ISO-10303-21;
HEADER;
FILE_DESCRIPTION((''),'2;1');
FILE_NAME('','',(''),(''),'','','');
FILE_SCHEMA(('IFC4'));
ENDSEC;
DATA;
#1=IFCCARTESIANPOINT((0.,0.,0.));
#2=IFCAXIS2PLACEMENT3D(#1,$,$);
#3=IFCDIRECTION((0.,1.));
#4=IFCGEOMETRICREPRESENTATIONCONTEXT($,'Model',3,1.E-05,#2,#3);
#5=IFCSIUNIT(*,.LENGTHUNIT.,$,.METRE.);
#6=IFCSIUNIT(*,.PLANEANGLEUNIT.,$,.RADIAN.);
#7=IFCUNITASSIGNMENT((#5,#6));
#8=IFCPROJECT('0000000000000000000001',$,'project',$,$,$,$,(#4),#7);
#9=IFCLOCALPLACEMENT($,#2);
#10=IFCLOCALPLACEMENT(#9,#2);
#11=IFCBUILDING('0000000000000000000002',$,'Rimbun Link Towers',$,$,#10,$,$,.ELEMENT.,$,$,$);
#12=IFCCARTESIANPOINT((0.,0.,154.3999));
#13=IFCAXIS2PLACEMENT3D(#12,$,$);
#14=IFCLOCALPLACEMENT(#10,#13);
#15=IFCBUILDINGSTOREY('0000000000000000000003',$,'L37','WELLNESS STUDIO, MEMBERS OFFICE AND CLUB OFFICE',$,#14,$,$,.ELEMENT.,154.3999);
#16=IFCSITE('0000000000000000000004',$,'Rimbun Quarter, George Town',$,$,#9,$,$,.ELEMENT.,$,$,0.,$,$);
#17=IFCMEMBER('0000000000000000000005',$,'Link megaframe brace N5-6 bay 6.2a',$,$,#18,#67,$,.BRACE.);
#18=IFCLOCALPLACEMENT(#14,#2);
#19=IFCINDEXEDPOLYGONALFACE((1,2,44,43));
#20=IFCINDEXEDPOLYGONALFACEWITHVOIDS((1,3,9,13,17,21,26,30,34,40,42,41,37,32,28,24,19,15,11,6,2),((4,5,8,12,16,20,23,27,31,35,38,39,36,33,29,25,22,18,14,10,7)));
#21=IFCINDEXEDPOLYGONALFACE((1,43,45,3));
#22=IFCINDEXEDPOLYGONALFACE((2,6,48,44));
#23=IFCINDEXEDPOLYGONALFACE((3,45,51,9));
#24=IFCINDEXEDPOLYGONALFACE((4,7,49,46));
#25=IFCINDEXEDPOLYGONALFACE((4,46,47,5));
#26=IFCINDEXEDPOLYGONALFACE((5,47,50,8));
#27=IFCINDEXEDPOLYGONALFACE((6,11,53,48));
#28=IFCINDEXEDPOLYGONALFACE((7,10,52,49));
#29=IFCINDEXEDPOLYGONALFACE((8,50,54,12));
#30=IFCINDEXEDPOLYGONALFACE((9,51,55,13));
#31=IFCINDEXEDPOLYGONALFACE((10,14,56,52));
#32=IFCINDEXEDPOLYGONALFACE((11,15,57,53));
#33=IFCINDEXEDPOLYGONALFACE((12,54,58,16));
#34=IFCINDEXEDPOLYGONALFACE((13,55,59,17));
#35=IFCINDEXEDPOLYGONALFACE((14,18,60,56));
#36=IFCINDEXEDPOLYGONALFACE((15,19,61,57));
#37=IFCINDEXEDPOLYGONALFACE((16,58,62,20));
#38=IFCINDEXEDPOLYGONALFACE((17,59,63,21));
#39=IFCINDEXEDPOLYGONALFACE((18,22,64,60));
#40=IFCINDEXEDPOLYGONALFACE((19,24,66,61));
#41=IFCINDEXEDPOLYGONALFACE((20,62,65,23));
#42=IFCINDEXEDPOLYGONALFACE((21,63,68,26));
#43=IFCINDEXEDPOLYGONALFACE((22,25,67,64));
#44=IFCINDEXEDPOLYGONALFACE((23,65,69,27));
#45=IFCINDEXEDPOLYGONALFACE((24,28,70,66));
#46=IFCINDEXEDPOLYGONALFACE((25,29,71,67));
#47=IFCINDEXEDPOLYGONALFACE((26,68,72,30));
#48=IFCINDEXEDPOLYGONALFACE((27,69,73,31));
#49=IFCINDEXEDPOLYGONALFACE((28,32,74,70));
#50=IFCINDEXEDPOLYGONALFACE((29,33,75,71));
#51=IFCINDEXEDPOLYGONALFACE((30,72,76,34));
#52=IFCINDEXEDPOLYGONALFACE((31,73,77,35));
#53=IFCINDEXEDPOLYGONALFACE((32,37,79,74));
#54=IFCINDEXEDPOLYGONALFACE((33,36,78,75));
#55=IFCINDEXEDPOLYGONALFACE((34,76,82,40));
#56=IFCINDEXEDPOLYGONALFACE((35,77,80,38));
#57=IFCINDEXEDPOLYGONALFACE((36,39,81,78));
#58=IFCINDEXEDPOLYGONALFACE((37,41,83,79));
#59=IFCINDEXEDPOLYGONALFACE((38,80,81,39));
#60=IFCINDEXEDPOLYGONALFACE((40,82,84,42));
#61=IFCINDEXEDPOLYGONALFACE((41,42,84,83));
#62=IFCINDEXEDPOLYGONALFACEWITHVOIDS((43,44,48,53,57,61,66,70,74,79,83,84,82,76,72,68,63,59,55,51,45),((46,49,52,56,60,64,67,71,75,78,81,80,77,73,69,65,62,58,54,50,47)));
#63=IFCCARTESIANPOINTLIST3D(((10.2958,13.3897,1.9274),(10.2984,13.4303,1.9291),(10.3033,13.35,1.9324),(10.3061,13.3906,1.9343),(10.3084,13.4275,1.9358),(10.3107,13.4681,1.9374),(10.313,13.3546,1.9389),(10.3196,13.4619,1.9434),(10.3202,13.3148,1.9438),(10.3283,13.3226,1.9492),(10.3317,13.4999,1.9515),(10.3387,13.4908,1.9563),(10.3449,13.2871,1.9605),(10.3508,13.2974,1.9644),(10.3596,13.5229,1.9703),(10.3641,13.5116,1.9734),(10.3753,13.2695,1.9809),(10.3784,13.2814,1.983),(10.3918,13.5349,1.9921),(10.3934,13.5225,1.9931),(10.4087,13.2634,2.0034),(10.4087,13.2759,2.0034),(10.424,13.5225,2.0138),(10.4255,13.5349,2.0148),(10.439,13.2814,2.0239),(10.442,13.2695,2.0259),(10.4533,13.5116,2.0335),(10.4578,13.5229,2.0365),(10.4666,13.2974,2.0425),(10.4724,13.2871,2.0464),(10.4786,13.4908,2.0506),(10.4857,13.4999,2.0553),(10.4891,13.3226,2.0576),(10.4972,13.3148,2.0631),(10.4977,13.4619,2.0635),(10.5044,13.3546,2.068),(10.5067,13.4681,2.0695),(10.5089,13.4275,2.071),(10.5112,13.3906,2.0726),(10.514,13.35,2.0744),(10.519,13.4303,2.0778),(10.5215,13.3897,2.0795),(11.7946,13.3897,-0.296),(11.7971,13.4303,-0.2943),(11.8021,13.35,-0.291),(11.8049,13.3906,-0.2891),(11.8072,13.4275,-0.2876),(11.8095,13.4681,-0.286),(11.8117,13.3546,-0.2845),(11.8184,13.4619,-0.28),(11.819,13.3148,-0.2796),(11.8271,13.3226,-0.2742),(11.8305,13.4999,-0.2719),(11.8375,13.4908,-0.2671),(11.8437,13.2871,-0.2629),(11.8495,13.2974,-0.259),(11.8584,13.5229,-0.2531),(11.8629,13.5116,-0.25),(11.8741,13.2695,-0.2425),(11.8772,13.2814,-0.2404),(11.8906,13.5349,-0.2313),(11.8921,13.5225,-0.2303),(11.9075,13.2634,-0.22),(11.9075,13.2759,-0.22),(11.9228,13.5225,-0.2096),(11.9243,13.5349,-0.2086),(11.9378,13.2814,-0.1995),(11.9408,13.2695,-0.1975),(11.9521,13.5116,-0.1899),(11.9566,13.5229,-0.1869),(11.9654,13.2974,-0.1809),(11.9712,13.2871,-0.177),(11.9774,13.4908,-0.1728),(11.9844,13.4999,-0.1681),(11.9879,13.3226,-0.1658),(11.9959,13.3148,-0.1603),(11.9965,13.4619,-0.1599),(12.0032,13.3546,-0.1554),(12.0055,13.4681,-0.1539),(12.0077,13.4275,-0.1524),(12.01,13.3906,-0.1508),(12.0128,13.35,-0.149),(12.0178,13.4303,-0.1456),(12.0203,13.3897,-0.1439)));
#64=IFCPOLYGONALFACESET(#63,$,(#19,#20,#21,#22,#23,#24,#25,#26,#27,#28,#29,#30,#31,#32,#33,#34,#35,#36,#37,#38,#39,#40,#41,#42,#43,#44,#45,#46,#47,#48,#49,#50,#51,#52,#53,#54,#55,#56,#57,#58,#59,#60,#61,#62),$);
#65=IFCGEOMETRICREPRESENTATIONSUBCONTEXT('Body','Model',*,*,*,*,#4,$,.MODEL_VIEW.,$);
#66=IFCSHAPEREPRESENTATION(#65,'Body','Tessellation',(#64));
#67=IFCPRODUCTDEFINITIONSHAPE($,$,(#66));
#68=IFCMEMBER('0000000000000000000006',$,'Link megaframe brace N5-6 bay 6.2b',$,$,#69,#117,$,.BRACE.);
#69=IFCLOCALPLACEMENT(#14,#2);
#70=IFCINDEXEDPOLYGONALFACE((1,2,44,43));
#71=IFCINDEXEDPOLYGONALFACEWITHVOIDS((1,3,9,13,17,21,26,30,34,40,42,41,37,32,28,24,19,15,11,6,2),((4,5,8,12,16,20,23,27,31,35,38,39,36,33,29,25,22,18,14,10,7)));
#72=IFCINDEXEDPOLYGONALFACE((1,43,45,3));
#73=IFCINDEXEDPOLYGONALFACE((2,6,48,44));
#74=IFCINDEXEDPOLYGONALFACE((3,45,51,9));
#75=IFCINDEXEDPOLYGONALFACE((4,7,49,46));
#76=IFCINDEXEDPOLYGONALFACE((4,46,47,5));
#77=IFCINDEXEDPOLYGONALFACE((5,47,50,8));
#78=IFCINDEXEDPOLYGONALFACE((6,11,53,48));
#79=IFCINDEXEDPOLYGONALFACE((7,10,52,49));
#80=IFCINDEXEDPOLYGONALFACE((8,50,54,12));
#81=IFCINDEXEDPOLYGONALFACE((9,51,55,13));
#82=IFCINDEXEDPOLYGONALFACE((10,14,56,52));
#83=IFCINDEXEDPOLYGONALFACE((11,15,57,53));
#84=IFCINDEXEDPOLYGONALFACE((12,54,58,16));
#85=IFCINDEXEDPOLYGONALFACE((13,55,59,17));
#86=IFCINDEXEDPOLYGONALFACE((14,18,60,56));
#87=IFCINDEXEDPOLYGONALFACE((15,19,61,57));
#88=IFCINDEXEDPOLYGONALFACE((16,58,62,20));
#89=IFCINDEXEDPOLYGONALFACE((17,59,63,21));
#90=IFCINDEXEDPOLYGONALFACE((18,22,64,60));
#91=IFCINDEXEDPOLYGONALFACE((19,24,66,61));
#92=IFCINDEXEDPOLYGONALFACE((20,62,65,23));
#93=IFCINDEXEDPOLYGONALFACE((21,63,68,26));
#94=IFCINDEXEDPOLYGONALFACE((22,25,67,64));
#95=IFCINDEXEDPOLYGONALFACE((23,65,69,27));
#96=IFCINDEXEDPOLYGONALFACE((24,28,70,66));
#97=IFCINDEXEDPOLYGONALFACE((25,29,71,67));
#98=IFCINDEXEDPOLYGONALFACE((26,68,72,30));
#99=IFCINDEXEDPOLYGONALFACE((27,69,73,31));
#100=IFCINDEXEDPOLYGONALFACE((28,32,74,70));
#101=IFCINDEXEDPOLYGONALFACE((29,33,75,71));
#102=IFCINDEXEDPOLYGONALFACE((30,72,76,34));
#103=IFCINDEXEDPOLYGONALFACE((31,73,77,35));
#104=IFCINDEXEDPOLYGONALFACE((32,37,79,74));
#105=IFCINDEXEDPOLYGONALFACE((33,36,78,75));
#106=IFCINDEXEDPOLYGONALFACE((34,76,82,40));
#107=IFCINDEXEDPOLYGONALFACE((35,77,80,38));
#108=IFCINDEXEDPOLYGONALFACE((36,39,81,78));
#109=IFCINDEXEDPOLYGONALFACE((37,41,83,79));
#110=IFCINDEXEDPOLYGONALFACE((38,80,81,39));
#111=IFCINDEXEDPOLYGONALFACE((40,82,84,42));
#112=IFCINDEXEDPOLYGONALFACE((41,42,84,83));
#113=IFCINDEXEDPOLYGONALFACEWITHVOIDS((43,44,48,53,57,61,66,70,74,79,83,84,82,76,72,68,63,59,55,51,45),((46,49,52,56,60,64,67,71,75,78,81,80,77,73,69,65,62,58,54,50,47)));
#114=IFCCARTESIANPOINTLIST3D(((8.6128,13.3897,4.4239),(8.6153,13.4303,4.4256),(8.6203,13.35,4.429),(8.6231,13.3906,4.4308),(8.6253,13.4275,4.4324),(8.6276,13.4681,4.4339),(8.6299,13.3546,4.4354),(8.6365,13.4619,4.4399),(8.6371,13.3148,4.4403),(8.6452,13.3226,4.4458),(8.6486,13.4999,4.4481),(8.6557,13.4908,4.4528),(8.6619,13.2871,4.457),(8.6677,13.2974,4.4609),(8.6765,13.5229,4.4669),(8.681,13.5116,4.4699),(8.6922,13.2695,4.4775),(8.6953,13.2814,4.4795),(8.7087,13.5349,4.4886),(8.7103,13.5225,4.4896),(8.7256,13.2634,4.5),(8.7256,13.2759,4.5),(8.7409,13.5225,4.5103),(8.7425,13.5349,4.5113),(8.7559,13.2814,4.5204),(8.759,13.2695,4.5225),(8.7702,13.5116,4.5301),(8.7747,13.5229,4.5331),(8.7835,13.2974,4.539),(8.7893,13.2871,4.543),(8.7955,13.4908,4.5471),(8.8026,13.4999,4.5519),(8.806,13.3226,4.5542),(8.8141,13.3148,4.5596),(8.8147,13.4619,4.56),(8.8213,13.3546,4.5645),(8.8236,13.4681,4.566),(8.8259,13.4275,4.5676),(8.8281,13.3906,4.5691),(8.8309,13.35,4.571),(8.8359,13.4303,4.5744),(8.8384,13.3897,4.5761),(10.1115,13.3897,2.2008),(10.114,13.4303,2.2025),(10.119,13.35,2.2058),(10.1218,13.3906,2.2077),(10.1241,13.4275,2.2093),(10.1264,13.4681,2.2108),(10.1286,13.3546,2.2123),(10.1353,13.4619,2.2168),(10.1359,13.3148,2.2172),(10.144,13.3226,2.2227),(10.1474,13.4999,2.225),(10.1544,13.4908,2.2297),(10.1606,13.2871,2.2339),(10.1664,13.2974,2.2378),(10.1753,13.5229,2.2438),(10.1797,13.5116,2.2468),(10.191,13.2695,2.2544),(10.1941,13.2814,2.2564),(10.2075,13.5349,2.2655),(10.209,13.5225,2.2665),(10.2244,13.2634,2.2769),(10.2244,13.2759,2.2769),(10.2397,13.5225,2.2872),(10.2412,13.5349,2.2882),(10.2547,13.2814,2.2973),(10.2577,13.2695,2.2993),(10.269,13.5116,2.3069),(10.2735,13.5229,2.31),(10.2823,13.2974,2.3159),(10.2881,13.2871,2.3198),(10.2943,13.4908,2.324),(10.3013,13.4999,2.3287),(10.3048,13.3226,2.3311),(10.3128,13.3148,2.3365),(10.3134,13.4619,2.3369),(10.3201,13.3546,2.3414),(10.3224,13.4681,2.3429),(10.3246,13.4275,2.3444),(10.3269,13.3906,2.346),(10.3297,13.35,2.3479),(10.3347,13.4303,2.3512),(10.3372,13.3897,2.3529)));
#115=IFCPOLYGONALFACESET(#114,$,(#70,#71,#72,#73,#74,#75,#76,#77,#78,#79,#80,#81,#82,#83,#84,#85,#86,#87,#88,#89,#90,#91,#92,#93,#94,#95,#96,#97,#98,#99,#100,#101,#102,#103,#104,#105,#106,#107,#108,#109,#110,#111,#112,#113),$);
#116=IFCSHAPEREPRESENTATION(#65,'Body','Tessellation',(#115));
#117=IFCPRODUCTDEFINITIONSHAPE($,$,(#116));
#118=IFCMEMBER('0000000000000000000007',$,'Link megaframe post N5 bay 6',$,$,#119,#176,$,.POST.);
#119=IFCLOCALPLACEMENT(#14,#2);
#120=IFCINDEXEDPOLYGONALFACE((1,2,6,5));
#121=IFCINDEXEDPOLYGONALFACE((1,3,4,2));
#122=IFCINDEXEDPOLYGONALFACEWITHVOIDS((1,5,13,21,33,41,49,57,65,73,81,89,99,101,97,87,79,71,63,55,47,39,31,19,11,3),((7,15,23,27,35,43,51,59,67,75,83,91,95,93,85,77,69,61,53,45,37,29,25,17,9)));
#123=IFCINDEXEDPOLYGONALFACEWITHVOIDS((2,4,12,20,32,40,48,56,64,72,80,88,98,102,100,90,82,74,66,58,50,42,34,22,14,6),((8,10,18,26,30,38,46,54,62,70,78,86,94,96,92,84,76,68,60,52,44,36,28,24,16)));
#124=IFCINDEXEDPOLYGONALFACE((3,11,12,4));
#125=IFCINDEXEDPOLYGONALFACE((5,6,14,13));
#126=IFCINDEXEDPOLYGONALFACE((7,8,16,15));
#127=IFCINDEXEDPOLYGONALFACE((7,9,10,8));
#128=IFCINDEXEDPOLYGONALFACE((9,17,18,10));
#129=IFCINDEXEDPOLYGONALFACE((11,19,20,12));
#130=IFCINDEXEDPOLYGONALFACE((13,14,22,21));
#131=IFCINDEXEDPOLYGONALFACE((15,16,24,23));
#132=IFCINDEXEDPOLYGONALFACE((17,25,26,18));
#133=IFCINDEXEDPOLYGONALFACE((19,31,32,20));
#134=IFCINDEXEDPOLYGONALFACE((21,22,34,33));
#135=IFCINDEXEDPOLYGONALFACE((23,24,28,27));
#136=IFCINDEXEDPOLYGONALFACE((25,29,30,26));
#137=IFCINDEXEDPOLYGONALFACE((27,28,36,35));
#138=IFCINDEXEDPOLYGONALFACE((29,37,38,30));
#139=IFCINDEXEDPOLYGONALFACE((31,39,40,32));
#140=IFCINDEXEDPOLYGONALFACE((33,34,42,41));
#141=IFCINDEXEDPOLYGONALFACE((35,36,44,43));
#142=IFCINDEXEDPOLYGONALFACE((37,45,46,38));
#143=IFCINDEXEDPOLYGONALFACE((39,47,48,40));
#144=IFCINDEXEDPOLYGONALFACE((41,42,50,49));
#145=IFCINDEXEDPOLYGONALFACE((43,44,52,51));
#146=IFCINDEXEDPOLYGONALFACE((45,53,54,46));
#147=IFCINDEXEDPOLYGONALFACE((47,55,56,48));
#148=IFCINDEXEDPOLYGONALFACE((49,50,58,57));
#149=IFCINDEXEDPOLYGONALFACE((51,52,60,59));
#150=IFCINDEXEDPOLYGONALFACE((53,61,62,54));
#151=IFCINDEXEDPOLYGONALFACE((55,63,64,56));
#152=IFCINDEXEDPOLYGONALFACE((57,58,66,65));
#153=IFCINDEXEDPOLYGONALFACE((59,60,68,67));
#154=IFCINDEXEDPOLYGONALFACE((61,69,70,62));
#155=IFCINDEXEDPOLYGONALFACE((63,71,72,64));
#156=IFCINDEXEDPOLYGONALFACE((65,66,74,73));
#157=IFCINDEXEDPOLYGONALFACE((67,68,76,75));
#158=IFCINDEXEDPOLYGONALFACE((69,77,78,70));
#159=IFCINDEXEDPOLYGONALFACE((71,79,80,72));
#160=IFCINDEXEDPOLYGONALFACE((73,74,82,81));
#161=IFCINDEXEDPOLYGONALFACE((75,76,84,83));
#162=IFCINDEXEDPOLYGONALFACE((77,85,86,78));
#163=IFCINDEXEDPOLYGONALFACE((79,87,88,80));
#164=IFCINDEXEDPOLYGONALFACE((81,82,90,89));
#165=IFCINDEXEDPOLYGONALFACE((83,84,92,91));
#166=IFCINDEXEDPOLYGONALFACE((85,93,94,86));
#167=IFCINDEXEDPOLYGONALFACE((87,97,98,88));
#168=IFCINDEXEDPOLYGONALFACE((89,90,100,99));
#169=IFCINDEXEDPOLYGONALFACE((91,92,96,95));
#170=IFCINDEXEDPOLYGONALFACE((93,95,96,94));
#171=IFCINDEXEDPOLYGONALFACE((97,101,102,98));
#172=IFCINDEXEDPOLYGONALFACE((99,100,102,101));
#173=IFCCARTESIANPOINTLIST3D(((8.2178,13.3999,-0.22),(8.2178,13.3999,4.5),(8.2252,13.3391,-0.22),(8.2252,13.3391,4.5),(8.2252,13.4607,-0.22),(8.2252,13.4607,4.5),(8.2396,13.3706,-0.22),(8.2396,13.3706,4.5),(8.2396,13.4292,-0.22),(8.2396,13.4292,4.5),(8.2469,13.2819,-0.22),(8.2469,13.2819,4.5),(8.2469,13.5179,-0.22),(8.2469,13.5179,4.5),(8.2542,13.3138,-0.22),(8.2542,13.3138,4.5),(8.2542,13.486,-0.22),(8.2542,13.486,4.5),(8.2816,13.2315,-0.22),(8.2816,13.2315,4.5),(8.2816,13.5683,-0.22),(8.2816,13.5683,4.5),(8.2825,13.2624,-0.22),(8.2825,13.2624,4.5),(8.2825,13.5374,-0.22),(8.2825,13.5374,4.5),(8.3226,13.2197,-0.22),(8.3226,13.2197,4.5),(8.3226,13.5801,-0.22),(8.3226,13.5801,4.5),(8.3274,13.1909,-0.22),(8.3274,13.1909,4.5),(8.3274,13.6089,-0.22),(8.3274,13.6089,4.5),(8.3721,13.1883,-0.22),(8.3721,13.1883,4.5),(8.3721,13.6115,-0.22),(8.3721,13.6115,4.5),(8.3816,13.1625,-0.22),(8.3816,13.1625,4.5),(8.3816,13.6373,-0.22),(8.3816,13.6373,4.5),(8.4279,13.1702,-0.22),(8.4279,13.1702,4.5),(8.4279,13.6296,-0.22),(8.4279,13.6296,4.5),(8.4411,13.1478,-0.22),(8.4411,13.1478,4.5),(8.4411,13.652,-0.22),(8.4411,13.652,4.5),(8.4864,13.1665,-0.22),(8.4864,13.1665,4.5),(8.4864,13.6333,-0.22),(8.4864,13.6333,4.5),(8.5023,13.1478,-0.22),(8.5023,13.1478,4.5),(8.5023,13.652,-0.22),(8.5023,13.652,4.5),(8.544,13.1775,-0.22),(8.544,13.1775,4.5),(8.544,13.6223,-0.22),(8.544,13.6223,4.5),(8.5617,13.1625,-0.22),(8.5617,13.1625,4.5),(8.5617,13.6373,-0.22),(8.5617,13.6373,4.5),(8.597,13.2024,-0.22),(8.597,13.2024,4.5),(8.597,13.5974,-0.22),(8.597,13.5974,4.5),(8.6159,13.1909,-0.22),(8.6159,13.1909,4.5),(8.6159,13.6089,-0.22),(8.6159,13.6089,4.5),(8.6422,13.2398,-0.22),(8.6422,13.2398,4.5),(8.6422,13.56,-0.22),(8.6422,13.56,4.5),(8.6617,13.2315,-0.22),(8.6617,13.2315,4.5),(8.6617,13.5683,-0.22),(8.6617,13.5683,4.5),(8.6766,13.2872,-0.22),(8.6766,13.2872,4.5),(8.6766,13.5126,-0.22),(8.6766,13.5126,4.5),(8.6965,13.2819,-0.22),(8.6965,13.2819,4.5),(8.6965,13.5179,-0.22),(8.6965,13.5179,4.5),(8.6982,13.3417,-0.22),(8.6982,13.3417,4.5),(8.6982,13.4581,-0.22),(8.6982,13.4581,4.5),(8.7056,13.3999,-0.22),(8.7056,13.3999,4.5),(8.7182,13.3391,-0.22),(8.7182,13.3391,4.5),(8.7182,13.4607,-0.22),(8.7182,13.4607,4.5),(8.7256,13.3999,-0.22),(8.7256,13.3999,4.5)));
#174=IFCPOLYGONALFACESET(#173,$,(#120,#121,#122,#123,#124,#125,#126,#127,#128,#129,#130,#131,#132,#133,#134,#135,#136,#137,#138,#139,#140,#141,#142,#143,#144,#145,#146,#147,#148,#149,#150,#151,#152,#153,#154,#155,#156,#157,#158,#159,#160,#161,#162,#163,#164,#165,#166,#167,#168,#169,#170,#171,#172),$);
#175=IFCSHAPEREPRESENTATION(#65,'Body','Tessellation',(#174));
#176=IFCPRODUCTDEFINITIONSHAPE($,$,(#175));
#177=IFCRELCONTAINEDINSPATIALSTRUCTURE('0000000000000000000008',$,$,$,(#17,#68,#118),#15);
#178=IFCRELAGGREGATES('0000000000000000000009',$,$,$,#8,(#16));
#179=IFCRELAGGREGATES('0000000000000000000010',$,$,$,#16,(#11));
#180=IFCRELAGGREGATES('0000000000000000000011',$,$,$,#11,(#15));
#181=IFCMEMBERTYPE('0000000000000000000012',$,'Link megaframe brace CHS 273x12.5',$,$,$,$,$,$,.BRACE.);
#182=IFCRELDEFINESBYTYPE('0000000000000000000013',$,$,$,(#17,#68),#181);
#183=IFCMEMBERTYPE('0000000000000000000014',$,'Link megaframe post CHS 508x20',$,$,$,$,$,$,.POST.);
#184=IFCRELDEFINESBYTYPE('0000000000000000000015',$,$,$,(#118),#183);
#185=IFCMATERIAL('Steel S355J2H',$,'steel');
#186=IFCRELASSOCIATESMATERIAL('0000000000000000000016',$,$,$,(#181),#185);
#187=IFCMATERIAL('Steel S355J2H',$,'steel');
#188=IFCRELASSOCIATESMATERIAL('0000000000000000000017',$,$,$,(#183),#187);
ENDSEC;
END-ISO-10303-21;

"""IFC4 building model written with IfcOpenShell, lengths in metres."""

from ifc_helpers import new_model, si_unit, direction, frame, origin, origin_2d, place, context, subcontext, project, spatial, hollow_circle, extrude, material, material_profile, profile_set, type_object, element, save


model = new_model("IFC4")

# Units and contexts
model_context = context("Model", 3, precision=1e-05, world=origin(), true_north=direction((0.0, 1.0)))
body_context = subcontext(model_context, "Body", "Model", "MODEL_VIEW")
ifc_project = project(units=[si_unit("LENGTHUNIT", "METRE"), si_unit("PLANEANGLEUNIT", "RADIAN")], contexts=[model_context])

# Site, building, storey
site_placement = place(None, origin())
site = spatial("IfcSite", under=ifc_project, at=site_placement, Name="Rimbun Quarter, George Town", CompositionType="ELEMENT", RefElevation=0.0)
building_placement = place(site_placement, origin())
building = spatial("IfcBuilding", under=site, at=building_placement, Name="Rimbun Link Towers", CompositionType="ELEMENT")
storey_placement = place(building_placement, frame((0.0, 0.0, 154.3999)))
storey = spatial("IfcBuildingStorey", under=building, at=storey_placement, Name="L37", Description="WELLNESS STUDIO, MEMBERS OFFICE AND CLUB OFFICE", CompositionType="ELEMENT", Elevation=154.3999)

# Members
ifc_material_1 = material(Name="Steel S355J2H", Category="steel")
ifc_material_profile_1 = material_profile(ifc_material_1, hollow_circle(Radius=0.1365, WallThickness=0.0125, at=origin_2d()), Name="CHS 273x12.5")
ifc_profile_set_1 = profile_set([ifc_material_profile_1], Name="Steel S355J2H")
member_type_1 = type_object("IfcMemberType", Name="Link megaframe brace CHS 273x12.5", PredefinedType="BRACE", material=ifc_profile_set_1)
member_1_placement = place(storey_placement, frame((11.9075, 13.3999, -0.22), z_axis=(-0.558958, 0.0, 0.829196), x_axis=(0.0, -1.0, 0.0)))
element("IfcMember", 1, at=member_1_placement, inside=storey, type_object=member_type_1, Name="Link megaframe brace N5-6 bay 6.2a", PredefinedType="BRACE", context=body_context, shape_type="SweptSolid", body=[
    extrude(hollow_circle(Radius=0.1365, WallThickness=0.0125, at=origin_2d()), origin(), (0.0, 0.0, 1.0), 2.6814),
])
member_2_placement = place(storey_placement, frame((10.2244, 13.3999, 2.2769), z_axis=(-0.559, 0.0, 0.829167), x_axis=(0.0, -1.0, 0.0)))
element("IfcMember", 2, at=member_2_placement, inside=storey, type_object=member_type_1, Name="Link megaframe brace N5-6 bay 6.2b", PredefinedType="BRACE", context=body_context, shape_type="SweptSolid", body=[
    extrude(hollow_circle(Radius=0.1365, WallThickness=0.0125, at=origin_2d()), origin(), (0.0, 0.0, 1.0), 2.6812),
])
ifc_material_2 = material(Name="Steel S355J2H", Category="steel")
ifc_material_profile_2 = material_profile(ifc_material_2, hollow_circle(Radius=0.2539, WallThickness=0.02, at=origin_2d()), Name="CHS 508x20")
ifc_profile_set_2 = profile_set([ifc_material_profile_2], Name="Steel S355J2H")
member_type_2 = type_object("IfcMemberType", Name="Link megaframe post CHS 508x20", PredefinedType="POST", material=ifc_profile_set_2)
for number, where, z_axis, x_axis, name in (
    (3, (8.4717, 13.3999, -0.22), (0.0, 0.0, 1.0), (1.0, 0.0, 0.0), "Link megaframe post N5 bay 6"),
):
    element("IfcMember", number, at=place(storey_placement, frame(where, z_axis=z_axis, x_axis=x_axis)), inside=storey, type_object=member_type_2, Name=name, PredefinedType="POST", context=body_context, shape_type="SweptSolid", body=[
        extrude(hollow_circle(Radius=0.2539, WallThickness=0.02, at=origin_2d()), origin(), (0.0, 0.0, 1.0), 4.72),
    ])

save(model, "model.ifc")
